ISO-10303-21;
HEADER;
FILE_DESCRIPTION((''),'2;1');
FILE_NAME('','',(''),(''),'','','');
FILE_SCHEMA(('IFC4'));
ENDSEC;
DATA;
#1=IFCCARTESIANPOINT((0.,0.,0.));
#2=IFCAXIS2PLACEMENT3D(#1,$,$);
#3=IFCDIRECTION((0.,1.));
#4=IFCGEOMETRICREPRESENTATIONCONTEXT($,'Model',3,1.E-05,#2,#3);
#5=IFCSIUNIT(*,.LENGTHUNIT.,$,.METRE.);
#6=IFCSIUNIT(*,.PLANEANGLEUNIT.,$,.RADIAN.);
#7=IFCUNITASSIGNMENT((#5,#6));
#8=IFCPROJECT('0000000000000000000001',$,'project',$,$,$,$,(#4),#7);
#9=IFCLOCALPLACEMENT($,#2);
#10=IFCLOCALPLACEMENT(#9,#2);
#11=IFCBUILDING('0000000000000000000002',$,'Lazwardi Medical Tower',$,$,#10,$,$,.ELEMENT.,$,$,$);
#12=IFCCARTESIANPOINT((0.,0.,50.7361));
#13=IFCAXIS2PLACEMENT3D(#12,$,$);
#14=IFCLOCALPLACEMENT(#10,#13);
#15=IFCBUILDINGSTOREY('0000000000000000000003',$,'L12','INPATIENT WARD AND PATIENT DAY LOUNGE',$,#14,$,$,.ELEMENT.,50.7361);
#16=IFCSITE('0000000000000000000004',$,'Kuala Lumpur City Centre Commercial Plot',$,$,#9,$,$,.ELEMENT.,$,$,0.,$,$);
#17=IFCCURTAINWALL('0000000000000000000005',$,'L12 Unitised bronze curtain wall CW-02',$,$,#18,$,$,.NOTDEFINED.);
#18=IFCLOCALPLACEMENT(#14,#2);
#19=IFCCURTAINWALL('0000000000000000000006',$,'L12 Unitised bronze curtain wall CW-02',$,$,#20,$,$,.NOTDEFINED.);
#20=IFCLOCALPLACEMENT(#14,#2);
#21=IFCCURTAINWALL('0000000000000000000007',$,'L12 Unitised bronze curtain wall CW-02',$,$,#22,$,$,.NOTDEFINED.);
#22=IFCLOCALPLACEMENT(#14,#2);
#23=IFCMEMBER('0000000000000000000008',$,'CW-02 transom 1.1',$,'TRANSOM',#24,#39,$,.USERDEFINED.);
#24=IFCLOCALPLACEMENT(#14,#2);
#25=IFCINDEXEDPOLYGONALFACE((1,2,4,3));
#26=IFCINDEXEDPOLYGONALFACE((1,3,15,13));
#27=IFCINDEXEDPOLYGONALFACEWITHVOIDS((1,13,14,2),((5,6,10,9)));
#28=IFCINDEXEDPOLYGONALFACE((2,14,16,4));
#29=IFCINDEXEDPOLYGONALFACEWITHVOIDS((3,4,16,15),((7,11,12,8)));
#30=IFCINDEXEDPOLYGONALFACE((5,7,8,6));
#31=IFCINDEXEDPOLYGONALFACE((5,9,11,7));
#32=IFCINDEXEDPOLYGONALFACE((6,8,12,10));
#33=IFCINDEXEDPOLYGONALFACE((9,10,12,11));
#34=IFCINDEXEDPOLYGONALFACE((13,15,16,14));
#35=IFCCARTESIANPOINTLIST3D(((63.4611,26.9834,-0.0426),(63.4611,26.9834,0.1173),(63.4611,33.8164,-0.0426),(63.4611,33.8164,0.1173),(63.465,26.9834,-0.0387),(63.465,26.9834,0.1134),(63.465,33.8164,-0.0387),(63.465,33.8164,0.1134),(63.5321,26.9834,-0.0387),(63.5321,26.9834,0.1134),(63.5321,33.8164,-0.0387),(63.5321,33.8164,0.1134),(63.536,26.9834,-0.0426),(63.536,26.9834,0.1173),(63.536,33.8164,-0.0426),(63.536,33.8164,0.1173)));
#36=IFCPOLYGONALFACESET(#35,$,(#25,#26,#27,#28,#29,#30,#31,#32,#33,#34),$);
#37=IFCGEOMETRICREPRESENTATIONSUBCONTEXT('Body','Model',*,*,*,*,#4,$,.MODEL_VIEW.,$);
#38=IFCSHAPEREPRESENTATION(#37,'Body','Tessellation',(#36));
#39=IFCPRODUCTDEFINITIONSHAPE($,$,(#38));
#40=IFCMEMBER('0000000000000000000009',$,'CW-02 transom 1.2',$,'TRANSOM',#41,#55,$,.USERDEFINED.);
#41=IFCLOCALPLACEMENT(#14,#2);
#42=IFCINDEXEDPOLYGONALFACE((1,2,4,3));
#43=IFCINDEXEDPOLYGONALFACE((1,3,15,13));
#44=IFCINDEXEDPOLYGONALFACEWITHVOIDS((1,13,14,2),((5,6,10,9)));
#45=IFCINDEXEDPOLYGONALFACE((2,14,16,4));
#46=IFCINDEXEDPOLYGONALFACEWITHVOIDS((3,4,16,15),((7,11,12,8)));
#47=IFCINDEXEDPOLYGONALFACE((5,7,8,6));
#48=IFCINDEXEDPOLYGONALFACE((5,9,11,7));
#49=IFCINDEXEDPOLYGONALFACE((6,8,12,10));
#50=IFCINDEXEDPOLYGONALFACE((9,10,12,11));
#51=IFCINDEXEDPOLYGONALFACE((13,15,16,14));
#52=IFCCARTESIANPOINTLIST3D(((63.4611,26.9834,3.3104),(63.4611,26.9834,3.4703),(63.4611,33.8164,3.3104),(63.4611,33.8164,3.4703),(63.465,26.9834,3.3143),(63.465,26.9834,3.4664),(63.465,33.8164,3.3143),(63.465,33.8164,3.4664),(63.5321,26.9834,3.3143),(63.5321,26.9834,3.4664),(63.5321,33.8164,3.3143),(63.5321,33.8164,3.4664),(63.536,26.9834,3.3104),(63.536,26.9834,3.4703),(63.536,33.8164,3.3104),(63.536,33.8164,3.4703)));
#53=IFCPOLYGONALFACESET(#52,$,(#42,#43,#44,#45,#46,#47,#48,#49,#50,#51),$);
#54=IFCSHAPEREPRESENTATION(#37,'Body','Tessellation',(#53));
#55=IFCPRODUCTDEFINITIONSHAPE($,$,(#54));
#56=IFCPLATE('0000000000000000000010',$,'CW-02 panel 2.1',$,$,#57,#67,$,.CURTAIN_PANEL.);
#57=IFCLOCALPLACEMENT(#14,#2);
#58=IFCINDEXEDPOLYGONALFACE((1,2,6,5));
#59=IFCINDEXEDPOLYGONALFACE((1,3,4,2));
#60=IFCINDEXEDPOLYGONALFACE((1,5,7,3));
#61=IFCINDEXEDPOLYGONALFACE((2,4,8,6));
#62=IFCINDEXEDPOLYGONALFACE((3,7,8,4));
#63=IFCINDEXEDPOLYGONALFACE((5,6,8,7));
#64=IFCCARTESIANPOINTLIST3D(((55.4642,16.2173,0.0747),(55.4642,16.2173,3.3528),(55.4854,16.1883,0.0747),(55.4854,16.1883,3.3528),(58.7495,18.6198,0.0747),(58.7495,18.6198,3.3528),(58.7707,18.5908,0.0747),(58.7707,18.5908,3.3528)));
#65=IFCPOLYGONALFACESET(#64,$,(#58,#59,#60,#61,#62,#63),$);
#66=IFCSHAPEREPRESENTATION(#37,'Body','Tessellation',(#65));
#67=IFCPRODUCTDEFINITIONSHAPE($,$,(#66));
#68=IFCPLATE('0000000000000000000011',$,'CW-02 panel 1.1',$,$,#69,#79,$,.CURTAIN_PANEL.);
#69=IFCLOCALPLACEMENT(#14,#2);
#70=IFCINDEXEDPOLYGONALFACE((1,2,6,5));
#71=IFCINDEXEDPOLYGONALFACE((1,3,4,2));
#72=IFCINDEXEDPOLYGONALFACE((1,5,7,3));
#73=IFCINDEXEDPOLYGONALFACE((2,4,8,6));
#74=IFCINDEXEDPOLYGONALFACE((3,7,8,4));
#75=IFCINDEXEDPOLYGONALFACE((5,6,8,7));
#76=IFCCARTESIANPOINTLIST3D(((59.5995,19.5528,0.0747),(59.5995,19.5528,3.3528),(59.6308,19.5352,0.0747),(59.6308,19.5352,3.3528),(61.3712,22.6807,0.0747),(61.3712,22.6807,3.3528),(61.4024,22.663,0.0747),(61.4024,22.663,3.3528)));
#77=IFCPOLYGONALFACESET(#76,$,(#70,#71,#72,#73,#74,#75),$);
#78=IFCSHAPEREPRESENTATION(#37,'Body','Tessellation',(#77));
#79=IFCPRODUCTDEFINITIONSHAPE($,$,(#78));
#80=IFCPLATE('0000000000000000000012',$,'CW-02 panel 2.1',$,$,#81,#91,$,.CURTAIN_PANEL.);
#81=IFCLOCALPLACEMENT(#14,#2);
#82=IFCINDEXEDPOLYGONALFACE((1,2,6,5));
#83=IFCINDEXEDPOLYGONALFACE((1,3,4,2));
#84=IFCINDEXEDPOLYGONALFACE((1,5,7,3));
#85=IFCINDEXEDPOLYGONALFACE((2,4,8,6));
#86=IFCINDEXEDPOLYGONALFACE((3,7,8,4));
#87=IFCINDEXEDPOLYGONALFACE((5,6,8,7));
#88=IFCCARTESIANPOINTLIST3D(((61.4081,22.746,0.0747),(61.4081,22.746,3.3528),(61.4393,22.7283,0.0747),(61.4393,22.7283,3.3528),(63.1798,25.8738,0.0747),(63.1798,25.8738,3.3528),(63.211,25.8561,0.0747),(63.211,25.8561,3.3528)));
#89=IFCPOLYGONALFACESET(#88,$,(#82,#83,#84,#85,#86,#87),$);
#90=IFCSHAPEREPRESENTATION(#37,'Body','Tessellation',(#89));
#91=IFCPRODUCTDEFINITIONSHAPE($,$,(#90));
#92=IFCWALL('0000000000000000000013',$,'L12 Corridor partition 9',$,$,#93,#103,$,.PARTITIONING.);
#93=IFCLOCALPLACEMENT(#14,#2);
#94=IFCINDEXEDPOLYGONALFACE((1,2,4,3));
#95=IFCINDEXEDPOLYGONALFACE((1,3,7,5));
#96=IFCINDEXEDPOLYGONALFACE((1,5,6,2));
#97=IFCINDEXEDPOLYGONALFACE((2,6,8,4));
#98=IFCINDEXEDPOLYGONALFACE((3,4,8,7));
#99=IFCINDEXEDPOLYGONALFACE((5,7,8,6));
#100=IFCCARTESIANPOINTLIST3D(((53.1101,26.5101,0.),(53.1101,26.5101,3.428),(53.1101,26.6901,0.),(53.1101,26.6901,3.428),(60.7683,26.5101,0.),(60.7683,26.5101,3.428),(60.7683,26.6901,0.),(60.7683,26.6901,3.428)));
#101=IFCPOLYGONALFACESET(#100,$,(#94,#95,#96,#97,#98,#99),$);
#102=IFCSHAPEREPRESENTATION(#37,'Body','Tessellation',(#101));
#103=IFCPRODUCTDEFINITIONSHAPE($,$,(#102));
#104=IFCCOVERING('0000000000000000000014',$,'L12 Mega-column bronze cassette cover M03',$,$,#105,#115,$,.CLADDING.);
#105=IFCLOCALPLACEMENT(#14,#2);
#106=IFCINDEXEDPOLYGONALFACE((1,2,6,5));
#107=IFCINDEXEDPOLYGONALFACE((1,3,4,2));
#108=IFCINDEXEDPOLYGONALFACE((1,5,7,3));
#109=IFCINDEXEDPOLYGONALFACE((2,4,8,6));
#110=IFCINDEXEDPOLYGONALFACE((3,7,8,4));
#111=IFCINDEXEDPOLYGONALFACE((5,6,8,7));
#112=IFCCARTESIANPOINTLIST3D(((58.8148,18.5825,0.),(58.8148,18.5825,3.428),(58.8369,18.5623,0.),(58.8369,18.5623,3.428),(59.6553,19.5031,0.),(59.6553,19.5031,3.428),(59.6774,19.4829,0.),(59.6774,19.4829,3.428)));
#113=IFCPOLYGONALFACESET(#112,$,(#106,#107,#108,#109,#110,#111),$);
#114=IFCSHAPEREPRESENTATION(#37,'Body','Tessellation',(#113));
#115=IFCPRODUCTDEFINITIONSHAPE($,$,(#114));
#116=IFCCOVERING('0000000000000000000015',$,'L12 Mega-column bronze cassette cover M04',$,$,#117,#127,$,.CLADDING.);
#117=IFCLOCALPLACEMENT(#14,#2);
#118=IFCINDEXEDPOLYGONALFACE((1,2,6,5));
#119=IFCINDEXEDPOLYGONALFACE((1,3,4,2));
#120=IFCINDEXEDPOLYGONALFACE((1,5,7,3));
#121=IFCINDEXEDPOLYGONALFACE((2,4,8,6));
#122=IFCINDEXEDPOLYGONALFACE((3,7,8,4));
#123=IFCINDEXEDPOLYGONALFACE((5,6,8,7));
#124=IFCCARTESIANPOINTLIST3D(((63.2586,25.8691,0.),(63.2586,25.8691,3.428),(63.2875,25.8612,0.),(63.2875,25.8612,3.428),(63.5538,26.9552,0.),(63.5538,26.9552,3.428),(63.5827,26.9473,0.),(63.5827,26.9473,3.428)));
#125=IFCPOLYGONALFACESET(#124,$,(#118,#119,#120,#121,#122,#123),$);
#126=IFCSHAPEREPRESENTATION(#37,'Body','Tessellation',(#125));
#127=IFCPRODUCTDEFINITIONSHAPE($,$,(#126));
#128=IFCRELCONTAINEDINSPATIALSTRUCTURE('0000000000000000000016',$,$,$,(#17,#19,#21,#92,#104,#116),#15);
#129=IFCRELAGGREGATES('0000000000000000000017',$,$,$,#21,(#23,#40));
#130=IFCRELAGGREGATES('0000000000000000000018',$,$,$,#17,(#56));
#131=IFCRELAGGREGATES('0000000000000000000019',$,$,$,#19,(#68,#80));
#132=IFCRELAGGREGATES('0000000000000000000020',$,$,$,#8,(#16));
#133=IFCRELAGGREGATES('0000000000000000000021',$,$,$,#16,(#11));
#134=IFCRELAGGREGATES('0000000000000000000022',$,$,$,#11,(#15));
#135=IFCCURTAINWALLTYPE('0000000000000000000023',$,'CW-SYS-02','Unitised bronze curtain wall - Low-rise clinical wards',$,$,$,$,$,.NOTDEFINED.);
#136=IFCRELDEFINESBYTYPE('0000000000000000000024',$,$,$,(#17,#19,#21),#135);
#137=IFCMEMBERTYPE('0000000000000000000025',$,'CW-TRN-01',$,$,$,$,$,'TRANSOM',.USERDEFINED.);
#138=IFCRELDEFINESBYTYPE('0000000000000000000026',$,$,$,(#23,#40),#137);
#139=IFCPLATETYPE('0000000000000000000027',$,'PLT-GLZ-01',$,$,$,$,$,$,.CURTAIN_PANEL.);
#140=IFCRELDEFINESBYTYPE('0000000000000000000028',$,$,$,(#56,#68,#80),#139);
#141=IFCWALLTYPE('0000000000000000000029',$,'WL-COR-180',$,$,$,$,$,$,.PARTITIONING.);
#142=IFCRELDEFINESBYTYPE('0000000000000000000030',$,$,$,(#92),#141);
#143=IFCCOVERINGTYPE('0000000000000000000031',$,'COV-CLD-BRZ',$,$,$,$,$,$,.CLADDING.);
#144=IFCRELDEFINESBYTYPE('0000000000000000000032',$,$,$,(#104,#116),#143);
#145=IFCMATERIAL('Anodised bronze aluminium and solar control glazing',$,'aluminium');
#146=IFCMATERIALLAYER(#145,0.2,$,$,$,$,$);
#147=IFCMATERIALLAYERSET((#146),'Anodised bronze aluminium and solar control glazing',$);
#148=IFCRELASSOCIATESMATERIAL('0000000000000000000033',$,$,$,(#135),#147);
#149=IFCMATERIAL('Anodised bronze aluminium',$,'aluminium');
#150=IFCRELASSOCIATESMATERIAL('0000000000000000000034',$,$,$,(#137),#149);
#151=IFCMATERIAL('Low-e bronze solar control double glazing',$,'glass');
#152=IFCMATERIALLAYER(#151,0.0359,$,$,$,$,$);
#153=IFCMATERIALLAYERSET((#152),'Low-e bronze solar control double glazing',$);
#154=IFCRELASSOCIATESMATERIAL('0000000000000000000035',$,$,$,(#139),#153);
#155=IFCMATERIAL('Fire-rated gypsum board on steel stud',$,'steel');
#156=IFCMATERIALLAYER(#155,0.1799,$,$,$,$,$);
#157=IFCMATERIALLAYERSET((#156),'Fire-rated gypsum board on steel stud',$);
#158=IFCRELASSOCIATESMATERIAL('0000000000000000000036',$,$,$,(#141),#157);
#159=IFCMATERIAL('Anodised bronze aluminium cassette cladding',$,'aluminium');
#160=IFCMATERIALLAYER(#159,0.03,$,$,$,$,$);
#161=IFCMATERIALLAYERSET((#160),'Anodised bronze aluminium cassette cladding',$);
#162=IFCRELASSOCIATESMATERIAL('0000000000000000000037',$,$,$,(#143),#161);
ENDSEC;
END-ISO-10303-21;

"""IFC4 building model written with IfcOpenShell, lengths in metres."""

from ifc_helpers import new_model, si_unit, direction, frame, frame_2d, origin, origin_2d, place, context, subcontext, project, spatial, rectangle, hollow_rectangle, extrude, material, layer, layer_set, material_profile, profile_set, type_object, element, aggregate, save


model = new_model("IFC4")

# Units and contexts
model_context = context("Model", 3, precision=1e-05, world=origin(), true_north=direction((0.0, 1.0)))
body_context = subcontext(model_context, "Body", "Model", "MODEL_VIEW")
ifc_project = project(units=[si_unit("LENGTHUNIT", "METRE"), si_unit("PLANEANGLEUNIT", "RADIAN")], contexts=[model_context])

# Site, building, storey
site_placement = place(None, origin())
site = spatial("IfcSite", under=ifc_project, at=site_placement, Name="Kuala Lumpur City Centre Commercial Plot", CompositionType="ELEMENT", RefElevation=0.0)
building_placement = place(site_placement, origin())
building = spatial("IfcBuilding", under=site, at=building_placement, Name="Lazwardi Medical Tower", CompositionType="ELEMENT")
storey_placement = place(building_placement, frame((0.0, 0.0, 50.7361)))
storey = spatial("IfcBuildingStorey", under=building, at=storey_placement, Name="L12", Description="INPATIENT WARD AND PATIENT DAY LOUNGE", CompositionType="ELEMENT", Elevation=50.7361)

# Curtain wall
ifc_material_1 = material(Name="Anodised bronze aluminium and solar control glazing", Category="aluminium")
ifc_layer_1 = layer(ifc_material_1, 0.2)
ifc_layer_set_1 = layer_set([ifc_layer_1], Name="Anodised bronze aluminium and solar control glazing")
curtain_wall_type = type_object("IfcCurtainWallType", Name="CW-SYS-02", Description="Unitised bronze curtain wall - Low-rise clinical wards", PredefinedType="NOTDEFINED", material=ifc_layer_set_1)
curtain_wall_1_placement = place(storey_placement, origin())
curtain_wall_1 = element("IfcCurtainWall", 1, at=curtain_wall_1_placement, inside=storey, type_object=curtain_wall_type, Name="L12 Unitised bronze curtain wall CW-02", PredefinedType="NOTDEFINED")
ifc_material_2 = material(Name="Anodised bronze aluminium", Category="aluminium")

# Curtain wall
curtain_wall_2_placement = place(storey_placement, origin())
curtain_wall_2 = element("IfcCurtainWall", 2, at=curtain_wall_2_placement, inside=storey, type_object=curtain_wall_type, Name="L12 Unitised bronze curtain wall CW-02", PredefinedType="NOTDEFINED")

# Curtain wall
curtain_wall_3_placement = place(storey_placement, origin())
curtain_wall_3 = element("IfcCurtainWall", 3, at=curtain_wall_3_placement, inside=storey, type_object=curtain_wall_type, Name="L12 Unitised bronze curtain wall CW-02", PredefinedType="NOTDEFINED")

# Members
ifc_material_profile_1 = material_profile(ifc_material_2, hollow_rectangle(XDim=0.075, YDim=0.1599, WallThickness=0.0039, at=origin_2d()), Name="ALU-TRANSOM 160x75x4")
ifc_profile_set_1 = profile_set([ifc_material_profile_1], Name="Anodised bronze aluminium")
member_type_1 = type_object("IfcMemberType", Name="CW-TRN-01", ElementType="TRANSOM", PredefinedType="USERDEFINED", material=ifc_profile_set_1)
member_1_placement = place(storey_placement, frame((63.4985, 26.9834, 0.0374), z_axis=(0.0, 1.0, 0.0), x_axis=(-1.0, 0.0, 0.0)))
member_1 = element("IfcMember", 4, at=member_1_placement, type_object=member_type_1, Name="CW-02 transom 1.1", ObjectType="TRANSOM", PredefinedType="USERDEFINED", context=body_context, shape_type="SweptSolid", body=[
    extrude(hollow_rectangle(XDim=0.075, YDim=0.1599, WallThickness=0.0039, at=origin_2d()), origin(), (0.0, 0.0, 1.0), 6.833),
])
member_2_placement = place(storey_placement, frame((63.4985, 26.9834, 3.3904), z_axis=(0.0, 1.0, 0.0), x_axis=(-1.0, 0.0, 0.0)))
member_2 = element("IfcMember", 5, at=member_2_placement, type_object=member_type_1, Name="CW-02 transom 1.2", ObjectType="TRANSOM", PredefinedType="USERDEFINED", context=body_context, shape_type="SweptSolid", body=[
    extrude(hollow_rectangle(XDim=0.075, YDim=0.1599, WallThickness=0.0039, at=origin_2d()), origin(), (0.0, 0.0, 1.0), 6.833),
])
aggregate(curtain_wall_3, [member_1, member_2])

# Plates
ifc_material_3 = material(Name="Low-e bronze solar control double glazing", Category="glass")
ifc_layer_2 = layer(ifc_material_3, 0.0359)
ifc_layer_set_2 = layer_set([ifc_layer_2], Name="Low-e bronze solar control double glazing")
plate_type = type_object("IfcPlateType", Name="PLT-GLZ-01", PredefinedType="CURTAIN_PANEL", material=ifc_layer_set_2)
plate_1_placement = place(storey_placement, frame((57.1174, 17.4041, 0.0747), z_axis=(0.0, 0.0, 1.0), x_axis=(0.807192, 0.590289, 0.0)))
plate_1 = element("IfcPlate", 6, at=plate_1_placement, type_object=plate_type, Name="CW-02 panel 2.1", PredefinedType="CURTAIN_PANEL", context=body_context, shape_type="SweptSolid", body=[
    extrude(rectangle(XDim=4.0701, YDim=0.0359, at=origin_2d()), origin(), (0.0, 0.0, 1.0), 3.2781),
])
aggregate(curtain_wall_1, [plate_1])
plate_2_placement = place(storey_placement, frame((60.501, 21.1079, 0.0747), z_axis=(0.0, 0.0, 1.0), x_axis=(0.492854, 0.870112, 0.0)))
plate_2 = element("IfcPlate", 7, at=plate_2_placement, type_object=plate_type, Name="CW-02 panel 1.1", PredefinedType="CURTAIN_PANEL", context=body_context, shape_type="SweptSolid", body=[
    extrude(rectangle(XDim=3.5947, YDim=0.0359, at=origin_2d()), origin(), (0.0, 0.0, 1.0), 3.2781),
])
plate_3_placement = place(storey_placement, frame((62.3096, 24.301, 0.0747), z_axis=(0.0, 0.0, 1.0), x_axis=(0.492854, 0.870112, 0.0)))
plate_3 = element("IfcPlate", 8, at=plate_3_placement, type_object=plate_type, Name="CW-02 panel 2.1", PredefinedType="CURTAIN_PANEL", context=body_context, shape_type="SweptSolid", body=[
    extrude(rectangle(XDim=3.5947, YDim=0.0359, at=origin_2d()), origin(), (0.0, 0.0, 1.0), 3.2781),
])
aggregate(curtain_wall_2, [plate_2, plate_3])

# Wall
ifc_material_4 = material(Name="Fire-rated gypsum board on steel stud", Category="steel")
ifc_layer_3 = layer(ifc_material_4, 0.1799)
ifc_layer_set_3 = layer_set([ifc_layer_3], Name="Fire-rated gypsum board on steel stud")
wall_type = type_object("IfcWallType", Name="WL-COR-180", PredefinedType="PARTITIONING", material=ifc_layer_set_3)
wall_placement = place(storey_placement, frame((60.7683, 26.6001, 0.0), z_axis=(0.0, 0.0, 1.0), x_axis=(-1.0, 0.0, 0.0)))
element("IfcWall", 9, at=wall_placement, inside=storey, type_object=wall_type, Name="L12 Corridor partition 9", PredefinedType="PARTITIONING", context=body_context, shape_type="SweptSolid", body=[
    extrude(rectangle(XDim=7.6582, YDim=0.1799, at=frame_2d((3.8291, 0.0))), origin(), (0.0, 0.0, 1.0), 3.428),
])

# Coverings
ifc_material_5 = material(Name="Anodised bronze aluminium cassette cladding", Category="aluminium")
ifc_layer_4 = layer(ifc_material_5, 0.03)
ifc_layer_set_4 = layer_set([ifc_layer_4], Name="Anodised bronze aluminium cassette cladding")
covering_type = type_object("IfcCoveringType", Name="COV-CLD-BRZ", PredefinedType="CLADDING", material=ifc_layer_set_4)
covering_1_placement = place(storey_placement, frame((59.2461, 19.0327, 0.0), z_axis=(0.0, 0.0, 1.0), x_axis=(0.674252, 0.738501, 0.0)))
element("IfcCovering", 10, at=covering_1_placement, inside=storey, type_object=covering_type, Name="L12 Mega-column bronze cassette cover M03", PredefinedType="CLADDING", context=body_context, shape_type="SweptSolid", body=[
    extrude(rectangle(XDim=1.2466, YDim=0.03, at=origin_2d()), origin(), (0.0, 0.0, 1.0), 3.428),
])
covering_2_placement = place(storey_placement, frame((63.4207, 26.4082, 0.0), z_axis=(0.0, 0.0, 1.0), x_axis=(0.262283, 0.964991, 0.0)))
element("IfcCovering", 11, at=covering_2_placement, inside=storey, type_object=covering_type, Name="L12 Mega-column bronze cassette cover M04", PredefinedType="CLADDING", context=body_context, shape_type="SweptSolid", body=[
    extrude(rectangle(XDim=1.1255, YDim=0.03, at=origin_2d()), origin(), (0.0, 0.0, 1.0), 3.428),
])

save(model, "model.ifc")
